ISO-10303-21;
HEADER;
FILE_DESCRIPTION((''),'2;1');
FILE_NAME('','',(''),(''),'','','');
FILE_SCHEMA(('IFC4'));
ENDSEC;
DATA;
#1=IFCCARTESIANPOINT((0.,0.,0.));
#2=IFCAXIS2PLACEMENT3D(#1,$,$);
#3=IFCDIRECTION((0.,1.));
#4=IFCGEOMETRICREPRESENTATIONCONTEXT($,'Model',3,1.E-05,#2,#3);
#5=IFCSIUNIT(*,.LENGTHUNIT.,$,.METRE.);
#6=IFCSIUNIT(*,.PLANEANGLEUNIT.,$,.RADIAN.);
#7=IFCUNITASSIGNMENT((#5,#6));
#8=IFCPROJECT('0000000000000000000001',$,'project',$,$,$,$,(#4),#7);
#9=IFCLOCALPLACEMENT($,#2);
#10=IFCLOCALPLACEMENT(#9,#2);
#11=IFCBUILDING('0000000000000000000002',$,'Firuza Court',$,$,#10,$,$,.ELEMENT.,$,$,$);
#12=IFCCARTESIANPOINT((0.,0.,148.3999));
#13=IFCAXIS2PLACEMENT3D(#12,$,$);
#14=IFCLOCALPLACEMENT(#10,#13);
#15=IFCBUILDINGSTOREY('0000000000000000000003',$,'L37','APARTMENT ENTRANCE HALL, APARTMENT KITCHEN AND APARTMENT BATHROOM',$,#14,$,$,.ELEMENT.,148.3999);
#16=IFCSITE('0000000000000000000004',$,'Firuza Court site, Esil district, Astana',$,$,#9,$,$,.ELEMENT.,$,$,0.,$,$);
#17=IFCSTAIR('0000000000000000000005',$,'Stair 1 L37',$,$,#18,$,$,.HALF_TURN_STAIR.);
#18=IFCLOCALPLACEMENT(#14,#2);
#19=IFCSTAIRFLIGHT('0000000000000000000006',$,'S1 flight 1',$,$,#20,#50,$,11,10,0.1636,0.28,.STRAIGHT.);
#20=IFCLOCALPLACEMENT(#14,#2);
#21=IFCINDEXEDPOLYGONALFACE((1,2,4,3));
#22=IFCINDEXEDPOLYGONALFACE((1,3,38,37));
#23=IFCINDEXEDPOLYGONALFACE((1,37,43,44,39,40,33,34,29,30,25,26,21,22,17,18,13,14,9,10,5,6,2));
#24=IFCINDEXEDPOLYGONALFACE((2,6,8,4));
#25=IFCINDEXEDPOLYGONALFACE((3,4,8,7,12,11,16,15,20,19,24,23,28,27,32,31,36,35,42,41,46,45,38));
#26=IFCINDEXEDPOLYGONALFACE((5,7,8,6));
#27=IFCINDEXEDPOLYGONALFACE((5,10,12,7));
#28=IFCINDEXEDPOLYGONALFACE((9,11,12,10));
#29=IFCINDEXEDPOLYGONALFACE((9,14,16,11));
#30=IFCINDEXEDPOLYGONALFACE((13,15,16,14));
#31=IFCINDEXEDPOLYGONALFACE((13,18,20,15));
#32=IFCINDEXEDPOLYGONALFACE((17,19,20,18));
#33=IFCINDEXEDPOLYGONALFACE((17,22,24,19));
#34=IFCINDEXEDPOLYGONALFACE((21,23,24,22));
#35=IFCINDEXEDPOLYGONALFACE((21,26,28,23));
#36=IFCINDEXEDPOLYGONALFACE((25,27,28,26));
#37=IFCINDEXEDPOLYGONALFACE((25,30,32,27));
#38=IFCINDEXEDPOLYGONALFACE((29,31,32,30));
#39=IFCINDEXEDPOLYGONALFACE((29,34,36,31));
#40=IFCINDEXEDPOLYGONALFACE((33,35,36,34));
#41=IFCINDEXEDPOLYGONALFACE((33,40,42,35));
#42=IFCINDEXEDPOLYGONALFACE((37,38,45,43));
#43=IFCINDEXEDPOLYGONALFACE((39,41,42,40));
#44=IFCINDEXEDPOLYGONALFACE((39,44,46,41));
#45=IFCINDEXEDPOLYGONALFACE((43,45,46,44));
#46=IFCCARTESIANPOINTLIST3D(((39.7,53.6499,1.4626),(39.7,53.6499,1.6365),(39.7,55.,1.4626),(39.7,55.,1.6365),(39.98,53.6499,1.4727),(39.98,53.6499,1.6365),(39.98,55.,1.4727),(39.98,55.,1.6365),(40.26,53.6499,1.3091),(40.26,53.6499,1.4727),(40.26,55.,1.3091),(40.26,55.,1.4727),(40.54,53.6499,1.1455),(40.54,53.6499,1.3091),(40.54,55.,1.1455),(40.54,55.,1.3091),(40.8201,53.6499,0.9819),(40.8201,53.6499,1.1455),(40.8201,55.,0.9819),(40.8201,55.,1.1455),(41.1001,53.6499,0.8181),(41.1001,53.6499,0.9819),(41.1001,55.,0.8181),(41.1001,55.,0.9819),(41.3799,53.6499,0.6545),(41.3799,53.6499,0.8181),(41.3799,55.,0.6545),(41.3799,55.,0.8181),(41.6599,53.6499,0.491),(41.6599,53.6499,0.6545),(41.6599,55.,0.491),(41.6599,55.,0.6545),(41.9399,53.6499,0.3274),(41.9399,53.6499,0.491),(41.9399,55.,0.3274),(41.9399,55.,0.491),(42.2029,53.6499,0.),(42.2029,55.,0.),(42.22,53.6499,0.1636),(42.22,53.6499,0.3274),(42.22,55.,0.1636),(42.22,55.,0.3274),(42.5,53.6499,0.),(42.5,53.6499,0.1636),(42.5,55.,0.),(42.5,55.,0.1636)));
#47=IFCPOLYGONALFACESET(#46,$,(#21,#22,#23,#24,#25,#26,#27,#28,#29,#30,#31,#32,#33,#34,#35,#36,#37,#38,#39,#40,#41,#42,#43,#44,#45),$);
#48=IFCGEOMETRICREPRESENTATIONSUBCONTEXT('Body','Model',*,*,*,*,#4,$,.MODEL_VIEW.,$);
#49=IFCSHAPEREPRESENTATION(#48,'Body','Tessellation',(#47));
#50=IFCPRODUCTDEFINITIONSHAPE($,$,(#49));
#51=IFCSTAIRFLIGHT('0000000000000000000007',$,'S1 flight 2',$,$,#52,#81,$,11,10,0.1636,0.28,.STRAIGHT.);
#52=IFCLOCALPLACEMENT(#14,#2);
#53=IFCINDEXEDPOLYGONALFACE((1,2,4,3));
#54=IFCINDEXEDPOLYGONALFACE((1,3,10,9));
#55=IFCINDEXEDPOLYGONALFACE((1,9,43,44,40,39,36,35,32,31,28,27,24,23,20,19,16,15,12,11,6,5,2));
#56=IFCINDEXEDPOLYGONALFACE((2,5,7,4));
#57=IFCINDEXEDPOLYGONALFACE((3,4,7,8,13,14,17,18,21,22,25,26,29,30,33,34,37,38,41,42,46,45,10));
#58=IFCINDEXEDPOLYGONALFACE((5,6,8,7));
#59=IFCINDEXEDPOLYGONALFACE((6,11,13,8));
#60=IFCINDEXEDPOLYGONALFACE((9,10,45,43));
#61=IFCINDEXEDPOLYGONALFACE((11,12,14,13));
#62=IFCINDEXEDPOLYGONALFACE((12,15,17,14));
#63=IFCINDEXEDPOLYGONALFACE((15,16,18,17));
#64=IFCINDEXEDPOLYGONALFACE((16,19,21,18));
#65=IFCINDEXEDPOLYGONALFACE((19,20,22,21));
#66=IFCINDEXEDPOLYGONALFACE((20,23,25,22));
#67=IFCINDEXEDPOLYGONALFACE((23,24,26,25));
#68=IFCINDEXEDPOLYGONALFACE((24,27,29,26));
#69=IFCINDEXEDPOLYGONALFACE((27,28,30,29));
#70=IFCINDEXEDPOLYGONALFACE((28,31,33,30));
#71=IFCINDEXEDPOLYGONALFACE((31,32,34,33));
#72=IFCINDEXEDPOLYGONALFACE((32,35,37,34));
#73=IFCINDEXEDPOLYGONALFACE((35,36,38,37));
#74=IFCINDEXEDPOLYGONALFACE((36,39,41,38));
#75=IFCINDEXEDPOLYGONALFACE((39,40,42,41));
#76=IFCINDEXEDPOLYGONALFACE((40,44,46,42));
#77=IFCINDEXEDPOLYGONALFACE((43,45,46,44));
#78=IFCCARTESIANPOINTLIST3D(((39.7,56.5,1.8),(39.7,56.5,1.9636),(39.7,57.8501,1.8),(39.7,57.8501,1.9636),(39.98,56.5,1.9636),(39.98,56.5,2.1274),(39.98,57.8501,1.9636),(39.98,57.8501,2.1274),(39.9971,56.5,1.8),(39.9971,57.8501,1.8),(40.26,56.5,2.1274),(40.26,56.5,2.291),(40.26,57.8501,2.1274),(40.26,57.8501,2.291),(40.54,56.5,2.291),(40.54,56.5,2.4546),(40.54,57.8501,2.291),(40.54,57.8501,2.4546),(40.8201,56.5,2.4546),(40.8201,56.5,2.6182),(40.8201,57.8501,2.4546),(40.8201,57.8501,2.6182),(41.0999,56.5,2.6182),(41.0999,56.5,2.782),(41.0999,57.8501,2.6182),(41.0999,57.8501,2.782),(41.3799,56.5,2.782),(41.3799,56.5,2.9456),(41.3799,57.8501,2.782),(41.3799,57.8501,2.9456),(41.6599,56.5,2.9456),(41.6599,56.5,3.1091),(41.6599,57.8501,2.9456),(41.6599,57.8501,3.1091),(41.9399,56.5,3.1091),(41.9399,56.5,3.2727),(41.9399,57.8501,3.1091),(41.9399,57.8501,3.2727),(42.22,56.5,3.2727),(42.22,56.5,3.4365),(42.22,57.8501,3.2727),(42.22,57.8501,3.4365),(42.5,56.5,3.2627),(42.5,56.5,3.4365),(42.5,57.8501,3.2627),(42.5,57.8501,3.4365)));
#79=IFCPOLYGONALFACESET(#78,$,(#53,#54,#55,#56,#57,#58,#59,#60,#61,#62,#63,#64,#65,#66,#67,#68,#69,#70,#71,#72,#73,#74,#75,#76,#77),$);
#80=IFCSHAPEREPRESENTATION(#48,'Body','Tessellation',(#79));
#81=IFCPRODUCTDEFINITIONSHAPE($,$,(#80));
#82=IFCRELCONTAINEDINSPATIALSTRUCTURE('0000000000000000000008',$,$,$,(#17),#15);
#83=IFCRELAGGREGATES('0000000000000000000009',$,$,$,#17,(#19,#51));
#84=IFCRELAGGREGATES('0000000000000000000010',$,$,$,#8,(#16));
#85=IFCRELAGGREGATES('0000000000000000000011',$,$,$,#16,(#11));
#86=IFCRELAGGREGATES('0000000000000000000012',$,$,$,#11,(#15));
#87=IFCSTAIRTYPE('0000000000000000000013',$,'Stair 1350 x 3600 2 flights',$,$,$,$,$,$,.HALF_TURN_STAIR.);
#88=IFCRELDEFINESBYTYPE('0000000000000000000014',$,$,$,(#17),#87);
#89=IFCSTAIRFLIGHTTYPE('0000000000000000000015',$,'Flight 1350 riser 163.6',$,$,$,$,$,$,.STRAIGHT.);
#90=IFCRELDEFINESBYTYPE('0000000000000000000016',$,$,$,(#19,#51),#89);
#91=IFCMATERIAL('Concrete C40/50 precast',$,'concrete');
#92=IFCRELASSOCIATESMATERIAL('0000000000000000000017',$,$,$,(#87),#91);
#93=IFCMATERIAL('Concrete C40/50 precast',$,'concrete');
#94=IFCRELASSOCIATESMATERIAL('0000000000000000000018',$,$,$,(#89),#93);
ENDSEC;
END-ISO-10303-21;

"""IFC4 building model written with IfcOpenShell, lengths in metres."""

from ifc_helpers import new_model, si_unit, direction, frame, origin, place, context, subcontext, project, spatial, polyline, outline, extrude, material, type_object, element, aggregate, save


model = new_model("IFC4")

# Units and contexts
model_context = context("Model", 3, precision=1e-05, world=origin(), true_north=direction((0.0, 1.0)))
body_context = subcontext(model_context, "Body", "Model", "MODEL_VIEW")
ifc_project = project(units=[si_unit("LENGTHUNIT", "METRE"), si_unit("PLANEANGLEUNIT", "RADIAN")], contexts=[model_context])

# Site, building, storey
site_placement = place(None, origin())
site = spatial("IfcSite", under=ifc_project, at=site_placement, Name="Firuza Court site, Esil district, Astana", CompositionType="ELEMENT", RefElevation=0.0)
building_placement = place(site_placement, origin())
building = spatial("IfcBuilding", under=site, at=building_placement, Name="Firuza Court", CompositionType="ELEMENT")
storey_placement = place(building_placement, frame((0.0, 0.0, 148.3999)))
storey = spatial("IfcBuildingStorey", under=building, at=storey_placement, Name="L37", Description="APARTMENT ENTRANCE HALL, APARTMENT KITCHEN AND APARTMENT BATHROOM", CompositionType="ELEMENT", Elevation=148.3999)

# Stair, stair flights
ifc_material_1 = material(Name="Concrete C40/50 precast", Category="concrete")
stair_type = type_object("IfcStairType", Name="Stair 1350 x 3600 2 flights", PredefinedType="HALF_TURN_STAIR", material=ifc_material_1)
stair_placement = place(storey_placement, origin())
stair = element("IfcStair", 1, at=stair_placement, inside=storey, type_object=stair_type, Name="Stair 1 L37", PredefinedType="HALF_TURN_STAIR")
ifc_material_2 = material(Name="Concrete C40/50 precast", Category="concrete")
stair_flight_type = type_object("IfcStairFlightType", Name="Flight 1350 riser 163.6", PredefinedType="STRAIGHT", material=ifc_material_2)
stair_flight_1_placement = place(storey_placement, frame((42.5, 54.325, 0.0), z_axis=(0.0, 0.0, 1.0), x_axis=(-1.0, 0.0, 0.0)))
stair_flight_1 = element("IfcStairFlight", 2, at=stair_flight_1_placement, type_object=stair_flight_type, Name="S1 flight 1", NumberOfRisers=11, NumberOfTreads=10, PredefinedType="STRAIGHT", RiserHeight=0.1636, TreadLength=0.28, context=body_context, shape_type="SweptSolid", body=[
    extrude(outline(polyline([(0.0, 0.0), (0.0, 0.1636), (0.28, 0.1636), (0.28, 0.3274), (0.5601, 0.3274), (0.5601, 0.491), (0.8401, 0.491), (0.8401, 0.6545), (1.1201, 0.6545), (1.1201, 0.8181), (1.3999, 0.8181), (1.3999, 0.9819), (1.6799, 0.9819), (1.6799, 1.1455), (1.96, 1.1455), (1.96, 1.3091), (2.24, 1.3091), (2.24, 1.4727), (2.52, 1.4727), (2.52, 1.6365), (2.8, 1.6365), (2.8, 1.8), (2.8, 1.4626), (0.2971, 0.0), (0.0, 0.0)])), frame((0.0, 0.675, 0.0), z_axis=(0.0, -1.0, 0.0), x_axis=(1.0, 0.0, 0.0)), (0.0, 0.0, 1.0), 1.3501),
])
stair_flight_2_placement = place(storey_placement, frame((39.7, 57.175, 1.8), z_axis=(0.0, 0.0, 1.0), x_axis=(1.0, 0.0, 0.0)))
stair_flight_2 = element("IfcStairFlight", 3, at=stair_flight_2_placement, type_object=stair_flight_type, Name="S1 flight 2", NumberOfRisers=11, NumberOfTreads=10, PredefinedType="STRAIGHT", RiserHeight=0.1636, TreadLength=0.28, context=body_context, shape_type="SweptSolid", body=[
    extrude(outline(polyline([(0.0, 0.0), (0.0, 0.1636), (0.28, 0.1636), (0.28, 0.3274), (0.5601, 0.3274), (0.5601, 0.491), (0.8401, 0.491), (0.8401, 0.6545), (1.1201, 0.6545), (1.1201, 0.8181), (1.3999, 0.8181), (1.3999, 0.9819), (1.6799, 0.9819), (1.6799, 1.1455), (1.96, 1.1455), (1.96, 1.3091), (2.24, 1.3091), (2.24, 1.4727), (2.52, 1.4727), (2.52, 1.6365), (2.8, 1.6365), (2.8, 1.8), (2.8, 1.4626), (0.2971, 0.0), (0.0, 0.0)])), frame((0.0, 0.675, 0.0), z_axis=(0.0, -1.0, 0.0), x_axis=(1.0, 0.0, 0.0)), (0.0, 0.0, 1.0), 1.3501),
])
aggregate(stair, [stair_flight_1, stair_flight_2])

save(model, "model.ifc")
